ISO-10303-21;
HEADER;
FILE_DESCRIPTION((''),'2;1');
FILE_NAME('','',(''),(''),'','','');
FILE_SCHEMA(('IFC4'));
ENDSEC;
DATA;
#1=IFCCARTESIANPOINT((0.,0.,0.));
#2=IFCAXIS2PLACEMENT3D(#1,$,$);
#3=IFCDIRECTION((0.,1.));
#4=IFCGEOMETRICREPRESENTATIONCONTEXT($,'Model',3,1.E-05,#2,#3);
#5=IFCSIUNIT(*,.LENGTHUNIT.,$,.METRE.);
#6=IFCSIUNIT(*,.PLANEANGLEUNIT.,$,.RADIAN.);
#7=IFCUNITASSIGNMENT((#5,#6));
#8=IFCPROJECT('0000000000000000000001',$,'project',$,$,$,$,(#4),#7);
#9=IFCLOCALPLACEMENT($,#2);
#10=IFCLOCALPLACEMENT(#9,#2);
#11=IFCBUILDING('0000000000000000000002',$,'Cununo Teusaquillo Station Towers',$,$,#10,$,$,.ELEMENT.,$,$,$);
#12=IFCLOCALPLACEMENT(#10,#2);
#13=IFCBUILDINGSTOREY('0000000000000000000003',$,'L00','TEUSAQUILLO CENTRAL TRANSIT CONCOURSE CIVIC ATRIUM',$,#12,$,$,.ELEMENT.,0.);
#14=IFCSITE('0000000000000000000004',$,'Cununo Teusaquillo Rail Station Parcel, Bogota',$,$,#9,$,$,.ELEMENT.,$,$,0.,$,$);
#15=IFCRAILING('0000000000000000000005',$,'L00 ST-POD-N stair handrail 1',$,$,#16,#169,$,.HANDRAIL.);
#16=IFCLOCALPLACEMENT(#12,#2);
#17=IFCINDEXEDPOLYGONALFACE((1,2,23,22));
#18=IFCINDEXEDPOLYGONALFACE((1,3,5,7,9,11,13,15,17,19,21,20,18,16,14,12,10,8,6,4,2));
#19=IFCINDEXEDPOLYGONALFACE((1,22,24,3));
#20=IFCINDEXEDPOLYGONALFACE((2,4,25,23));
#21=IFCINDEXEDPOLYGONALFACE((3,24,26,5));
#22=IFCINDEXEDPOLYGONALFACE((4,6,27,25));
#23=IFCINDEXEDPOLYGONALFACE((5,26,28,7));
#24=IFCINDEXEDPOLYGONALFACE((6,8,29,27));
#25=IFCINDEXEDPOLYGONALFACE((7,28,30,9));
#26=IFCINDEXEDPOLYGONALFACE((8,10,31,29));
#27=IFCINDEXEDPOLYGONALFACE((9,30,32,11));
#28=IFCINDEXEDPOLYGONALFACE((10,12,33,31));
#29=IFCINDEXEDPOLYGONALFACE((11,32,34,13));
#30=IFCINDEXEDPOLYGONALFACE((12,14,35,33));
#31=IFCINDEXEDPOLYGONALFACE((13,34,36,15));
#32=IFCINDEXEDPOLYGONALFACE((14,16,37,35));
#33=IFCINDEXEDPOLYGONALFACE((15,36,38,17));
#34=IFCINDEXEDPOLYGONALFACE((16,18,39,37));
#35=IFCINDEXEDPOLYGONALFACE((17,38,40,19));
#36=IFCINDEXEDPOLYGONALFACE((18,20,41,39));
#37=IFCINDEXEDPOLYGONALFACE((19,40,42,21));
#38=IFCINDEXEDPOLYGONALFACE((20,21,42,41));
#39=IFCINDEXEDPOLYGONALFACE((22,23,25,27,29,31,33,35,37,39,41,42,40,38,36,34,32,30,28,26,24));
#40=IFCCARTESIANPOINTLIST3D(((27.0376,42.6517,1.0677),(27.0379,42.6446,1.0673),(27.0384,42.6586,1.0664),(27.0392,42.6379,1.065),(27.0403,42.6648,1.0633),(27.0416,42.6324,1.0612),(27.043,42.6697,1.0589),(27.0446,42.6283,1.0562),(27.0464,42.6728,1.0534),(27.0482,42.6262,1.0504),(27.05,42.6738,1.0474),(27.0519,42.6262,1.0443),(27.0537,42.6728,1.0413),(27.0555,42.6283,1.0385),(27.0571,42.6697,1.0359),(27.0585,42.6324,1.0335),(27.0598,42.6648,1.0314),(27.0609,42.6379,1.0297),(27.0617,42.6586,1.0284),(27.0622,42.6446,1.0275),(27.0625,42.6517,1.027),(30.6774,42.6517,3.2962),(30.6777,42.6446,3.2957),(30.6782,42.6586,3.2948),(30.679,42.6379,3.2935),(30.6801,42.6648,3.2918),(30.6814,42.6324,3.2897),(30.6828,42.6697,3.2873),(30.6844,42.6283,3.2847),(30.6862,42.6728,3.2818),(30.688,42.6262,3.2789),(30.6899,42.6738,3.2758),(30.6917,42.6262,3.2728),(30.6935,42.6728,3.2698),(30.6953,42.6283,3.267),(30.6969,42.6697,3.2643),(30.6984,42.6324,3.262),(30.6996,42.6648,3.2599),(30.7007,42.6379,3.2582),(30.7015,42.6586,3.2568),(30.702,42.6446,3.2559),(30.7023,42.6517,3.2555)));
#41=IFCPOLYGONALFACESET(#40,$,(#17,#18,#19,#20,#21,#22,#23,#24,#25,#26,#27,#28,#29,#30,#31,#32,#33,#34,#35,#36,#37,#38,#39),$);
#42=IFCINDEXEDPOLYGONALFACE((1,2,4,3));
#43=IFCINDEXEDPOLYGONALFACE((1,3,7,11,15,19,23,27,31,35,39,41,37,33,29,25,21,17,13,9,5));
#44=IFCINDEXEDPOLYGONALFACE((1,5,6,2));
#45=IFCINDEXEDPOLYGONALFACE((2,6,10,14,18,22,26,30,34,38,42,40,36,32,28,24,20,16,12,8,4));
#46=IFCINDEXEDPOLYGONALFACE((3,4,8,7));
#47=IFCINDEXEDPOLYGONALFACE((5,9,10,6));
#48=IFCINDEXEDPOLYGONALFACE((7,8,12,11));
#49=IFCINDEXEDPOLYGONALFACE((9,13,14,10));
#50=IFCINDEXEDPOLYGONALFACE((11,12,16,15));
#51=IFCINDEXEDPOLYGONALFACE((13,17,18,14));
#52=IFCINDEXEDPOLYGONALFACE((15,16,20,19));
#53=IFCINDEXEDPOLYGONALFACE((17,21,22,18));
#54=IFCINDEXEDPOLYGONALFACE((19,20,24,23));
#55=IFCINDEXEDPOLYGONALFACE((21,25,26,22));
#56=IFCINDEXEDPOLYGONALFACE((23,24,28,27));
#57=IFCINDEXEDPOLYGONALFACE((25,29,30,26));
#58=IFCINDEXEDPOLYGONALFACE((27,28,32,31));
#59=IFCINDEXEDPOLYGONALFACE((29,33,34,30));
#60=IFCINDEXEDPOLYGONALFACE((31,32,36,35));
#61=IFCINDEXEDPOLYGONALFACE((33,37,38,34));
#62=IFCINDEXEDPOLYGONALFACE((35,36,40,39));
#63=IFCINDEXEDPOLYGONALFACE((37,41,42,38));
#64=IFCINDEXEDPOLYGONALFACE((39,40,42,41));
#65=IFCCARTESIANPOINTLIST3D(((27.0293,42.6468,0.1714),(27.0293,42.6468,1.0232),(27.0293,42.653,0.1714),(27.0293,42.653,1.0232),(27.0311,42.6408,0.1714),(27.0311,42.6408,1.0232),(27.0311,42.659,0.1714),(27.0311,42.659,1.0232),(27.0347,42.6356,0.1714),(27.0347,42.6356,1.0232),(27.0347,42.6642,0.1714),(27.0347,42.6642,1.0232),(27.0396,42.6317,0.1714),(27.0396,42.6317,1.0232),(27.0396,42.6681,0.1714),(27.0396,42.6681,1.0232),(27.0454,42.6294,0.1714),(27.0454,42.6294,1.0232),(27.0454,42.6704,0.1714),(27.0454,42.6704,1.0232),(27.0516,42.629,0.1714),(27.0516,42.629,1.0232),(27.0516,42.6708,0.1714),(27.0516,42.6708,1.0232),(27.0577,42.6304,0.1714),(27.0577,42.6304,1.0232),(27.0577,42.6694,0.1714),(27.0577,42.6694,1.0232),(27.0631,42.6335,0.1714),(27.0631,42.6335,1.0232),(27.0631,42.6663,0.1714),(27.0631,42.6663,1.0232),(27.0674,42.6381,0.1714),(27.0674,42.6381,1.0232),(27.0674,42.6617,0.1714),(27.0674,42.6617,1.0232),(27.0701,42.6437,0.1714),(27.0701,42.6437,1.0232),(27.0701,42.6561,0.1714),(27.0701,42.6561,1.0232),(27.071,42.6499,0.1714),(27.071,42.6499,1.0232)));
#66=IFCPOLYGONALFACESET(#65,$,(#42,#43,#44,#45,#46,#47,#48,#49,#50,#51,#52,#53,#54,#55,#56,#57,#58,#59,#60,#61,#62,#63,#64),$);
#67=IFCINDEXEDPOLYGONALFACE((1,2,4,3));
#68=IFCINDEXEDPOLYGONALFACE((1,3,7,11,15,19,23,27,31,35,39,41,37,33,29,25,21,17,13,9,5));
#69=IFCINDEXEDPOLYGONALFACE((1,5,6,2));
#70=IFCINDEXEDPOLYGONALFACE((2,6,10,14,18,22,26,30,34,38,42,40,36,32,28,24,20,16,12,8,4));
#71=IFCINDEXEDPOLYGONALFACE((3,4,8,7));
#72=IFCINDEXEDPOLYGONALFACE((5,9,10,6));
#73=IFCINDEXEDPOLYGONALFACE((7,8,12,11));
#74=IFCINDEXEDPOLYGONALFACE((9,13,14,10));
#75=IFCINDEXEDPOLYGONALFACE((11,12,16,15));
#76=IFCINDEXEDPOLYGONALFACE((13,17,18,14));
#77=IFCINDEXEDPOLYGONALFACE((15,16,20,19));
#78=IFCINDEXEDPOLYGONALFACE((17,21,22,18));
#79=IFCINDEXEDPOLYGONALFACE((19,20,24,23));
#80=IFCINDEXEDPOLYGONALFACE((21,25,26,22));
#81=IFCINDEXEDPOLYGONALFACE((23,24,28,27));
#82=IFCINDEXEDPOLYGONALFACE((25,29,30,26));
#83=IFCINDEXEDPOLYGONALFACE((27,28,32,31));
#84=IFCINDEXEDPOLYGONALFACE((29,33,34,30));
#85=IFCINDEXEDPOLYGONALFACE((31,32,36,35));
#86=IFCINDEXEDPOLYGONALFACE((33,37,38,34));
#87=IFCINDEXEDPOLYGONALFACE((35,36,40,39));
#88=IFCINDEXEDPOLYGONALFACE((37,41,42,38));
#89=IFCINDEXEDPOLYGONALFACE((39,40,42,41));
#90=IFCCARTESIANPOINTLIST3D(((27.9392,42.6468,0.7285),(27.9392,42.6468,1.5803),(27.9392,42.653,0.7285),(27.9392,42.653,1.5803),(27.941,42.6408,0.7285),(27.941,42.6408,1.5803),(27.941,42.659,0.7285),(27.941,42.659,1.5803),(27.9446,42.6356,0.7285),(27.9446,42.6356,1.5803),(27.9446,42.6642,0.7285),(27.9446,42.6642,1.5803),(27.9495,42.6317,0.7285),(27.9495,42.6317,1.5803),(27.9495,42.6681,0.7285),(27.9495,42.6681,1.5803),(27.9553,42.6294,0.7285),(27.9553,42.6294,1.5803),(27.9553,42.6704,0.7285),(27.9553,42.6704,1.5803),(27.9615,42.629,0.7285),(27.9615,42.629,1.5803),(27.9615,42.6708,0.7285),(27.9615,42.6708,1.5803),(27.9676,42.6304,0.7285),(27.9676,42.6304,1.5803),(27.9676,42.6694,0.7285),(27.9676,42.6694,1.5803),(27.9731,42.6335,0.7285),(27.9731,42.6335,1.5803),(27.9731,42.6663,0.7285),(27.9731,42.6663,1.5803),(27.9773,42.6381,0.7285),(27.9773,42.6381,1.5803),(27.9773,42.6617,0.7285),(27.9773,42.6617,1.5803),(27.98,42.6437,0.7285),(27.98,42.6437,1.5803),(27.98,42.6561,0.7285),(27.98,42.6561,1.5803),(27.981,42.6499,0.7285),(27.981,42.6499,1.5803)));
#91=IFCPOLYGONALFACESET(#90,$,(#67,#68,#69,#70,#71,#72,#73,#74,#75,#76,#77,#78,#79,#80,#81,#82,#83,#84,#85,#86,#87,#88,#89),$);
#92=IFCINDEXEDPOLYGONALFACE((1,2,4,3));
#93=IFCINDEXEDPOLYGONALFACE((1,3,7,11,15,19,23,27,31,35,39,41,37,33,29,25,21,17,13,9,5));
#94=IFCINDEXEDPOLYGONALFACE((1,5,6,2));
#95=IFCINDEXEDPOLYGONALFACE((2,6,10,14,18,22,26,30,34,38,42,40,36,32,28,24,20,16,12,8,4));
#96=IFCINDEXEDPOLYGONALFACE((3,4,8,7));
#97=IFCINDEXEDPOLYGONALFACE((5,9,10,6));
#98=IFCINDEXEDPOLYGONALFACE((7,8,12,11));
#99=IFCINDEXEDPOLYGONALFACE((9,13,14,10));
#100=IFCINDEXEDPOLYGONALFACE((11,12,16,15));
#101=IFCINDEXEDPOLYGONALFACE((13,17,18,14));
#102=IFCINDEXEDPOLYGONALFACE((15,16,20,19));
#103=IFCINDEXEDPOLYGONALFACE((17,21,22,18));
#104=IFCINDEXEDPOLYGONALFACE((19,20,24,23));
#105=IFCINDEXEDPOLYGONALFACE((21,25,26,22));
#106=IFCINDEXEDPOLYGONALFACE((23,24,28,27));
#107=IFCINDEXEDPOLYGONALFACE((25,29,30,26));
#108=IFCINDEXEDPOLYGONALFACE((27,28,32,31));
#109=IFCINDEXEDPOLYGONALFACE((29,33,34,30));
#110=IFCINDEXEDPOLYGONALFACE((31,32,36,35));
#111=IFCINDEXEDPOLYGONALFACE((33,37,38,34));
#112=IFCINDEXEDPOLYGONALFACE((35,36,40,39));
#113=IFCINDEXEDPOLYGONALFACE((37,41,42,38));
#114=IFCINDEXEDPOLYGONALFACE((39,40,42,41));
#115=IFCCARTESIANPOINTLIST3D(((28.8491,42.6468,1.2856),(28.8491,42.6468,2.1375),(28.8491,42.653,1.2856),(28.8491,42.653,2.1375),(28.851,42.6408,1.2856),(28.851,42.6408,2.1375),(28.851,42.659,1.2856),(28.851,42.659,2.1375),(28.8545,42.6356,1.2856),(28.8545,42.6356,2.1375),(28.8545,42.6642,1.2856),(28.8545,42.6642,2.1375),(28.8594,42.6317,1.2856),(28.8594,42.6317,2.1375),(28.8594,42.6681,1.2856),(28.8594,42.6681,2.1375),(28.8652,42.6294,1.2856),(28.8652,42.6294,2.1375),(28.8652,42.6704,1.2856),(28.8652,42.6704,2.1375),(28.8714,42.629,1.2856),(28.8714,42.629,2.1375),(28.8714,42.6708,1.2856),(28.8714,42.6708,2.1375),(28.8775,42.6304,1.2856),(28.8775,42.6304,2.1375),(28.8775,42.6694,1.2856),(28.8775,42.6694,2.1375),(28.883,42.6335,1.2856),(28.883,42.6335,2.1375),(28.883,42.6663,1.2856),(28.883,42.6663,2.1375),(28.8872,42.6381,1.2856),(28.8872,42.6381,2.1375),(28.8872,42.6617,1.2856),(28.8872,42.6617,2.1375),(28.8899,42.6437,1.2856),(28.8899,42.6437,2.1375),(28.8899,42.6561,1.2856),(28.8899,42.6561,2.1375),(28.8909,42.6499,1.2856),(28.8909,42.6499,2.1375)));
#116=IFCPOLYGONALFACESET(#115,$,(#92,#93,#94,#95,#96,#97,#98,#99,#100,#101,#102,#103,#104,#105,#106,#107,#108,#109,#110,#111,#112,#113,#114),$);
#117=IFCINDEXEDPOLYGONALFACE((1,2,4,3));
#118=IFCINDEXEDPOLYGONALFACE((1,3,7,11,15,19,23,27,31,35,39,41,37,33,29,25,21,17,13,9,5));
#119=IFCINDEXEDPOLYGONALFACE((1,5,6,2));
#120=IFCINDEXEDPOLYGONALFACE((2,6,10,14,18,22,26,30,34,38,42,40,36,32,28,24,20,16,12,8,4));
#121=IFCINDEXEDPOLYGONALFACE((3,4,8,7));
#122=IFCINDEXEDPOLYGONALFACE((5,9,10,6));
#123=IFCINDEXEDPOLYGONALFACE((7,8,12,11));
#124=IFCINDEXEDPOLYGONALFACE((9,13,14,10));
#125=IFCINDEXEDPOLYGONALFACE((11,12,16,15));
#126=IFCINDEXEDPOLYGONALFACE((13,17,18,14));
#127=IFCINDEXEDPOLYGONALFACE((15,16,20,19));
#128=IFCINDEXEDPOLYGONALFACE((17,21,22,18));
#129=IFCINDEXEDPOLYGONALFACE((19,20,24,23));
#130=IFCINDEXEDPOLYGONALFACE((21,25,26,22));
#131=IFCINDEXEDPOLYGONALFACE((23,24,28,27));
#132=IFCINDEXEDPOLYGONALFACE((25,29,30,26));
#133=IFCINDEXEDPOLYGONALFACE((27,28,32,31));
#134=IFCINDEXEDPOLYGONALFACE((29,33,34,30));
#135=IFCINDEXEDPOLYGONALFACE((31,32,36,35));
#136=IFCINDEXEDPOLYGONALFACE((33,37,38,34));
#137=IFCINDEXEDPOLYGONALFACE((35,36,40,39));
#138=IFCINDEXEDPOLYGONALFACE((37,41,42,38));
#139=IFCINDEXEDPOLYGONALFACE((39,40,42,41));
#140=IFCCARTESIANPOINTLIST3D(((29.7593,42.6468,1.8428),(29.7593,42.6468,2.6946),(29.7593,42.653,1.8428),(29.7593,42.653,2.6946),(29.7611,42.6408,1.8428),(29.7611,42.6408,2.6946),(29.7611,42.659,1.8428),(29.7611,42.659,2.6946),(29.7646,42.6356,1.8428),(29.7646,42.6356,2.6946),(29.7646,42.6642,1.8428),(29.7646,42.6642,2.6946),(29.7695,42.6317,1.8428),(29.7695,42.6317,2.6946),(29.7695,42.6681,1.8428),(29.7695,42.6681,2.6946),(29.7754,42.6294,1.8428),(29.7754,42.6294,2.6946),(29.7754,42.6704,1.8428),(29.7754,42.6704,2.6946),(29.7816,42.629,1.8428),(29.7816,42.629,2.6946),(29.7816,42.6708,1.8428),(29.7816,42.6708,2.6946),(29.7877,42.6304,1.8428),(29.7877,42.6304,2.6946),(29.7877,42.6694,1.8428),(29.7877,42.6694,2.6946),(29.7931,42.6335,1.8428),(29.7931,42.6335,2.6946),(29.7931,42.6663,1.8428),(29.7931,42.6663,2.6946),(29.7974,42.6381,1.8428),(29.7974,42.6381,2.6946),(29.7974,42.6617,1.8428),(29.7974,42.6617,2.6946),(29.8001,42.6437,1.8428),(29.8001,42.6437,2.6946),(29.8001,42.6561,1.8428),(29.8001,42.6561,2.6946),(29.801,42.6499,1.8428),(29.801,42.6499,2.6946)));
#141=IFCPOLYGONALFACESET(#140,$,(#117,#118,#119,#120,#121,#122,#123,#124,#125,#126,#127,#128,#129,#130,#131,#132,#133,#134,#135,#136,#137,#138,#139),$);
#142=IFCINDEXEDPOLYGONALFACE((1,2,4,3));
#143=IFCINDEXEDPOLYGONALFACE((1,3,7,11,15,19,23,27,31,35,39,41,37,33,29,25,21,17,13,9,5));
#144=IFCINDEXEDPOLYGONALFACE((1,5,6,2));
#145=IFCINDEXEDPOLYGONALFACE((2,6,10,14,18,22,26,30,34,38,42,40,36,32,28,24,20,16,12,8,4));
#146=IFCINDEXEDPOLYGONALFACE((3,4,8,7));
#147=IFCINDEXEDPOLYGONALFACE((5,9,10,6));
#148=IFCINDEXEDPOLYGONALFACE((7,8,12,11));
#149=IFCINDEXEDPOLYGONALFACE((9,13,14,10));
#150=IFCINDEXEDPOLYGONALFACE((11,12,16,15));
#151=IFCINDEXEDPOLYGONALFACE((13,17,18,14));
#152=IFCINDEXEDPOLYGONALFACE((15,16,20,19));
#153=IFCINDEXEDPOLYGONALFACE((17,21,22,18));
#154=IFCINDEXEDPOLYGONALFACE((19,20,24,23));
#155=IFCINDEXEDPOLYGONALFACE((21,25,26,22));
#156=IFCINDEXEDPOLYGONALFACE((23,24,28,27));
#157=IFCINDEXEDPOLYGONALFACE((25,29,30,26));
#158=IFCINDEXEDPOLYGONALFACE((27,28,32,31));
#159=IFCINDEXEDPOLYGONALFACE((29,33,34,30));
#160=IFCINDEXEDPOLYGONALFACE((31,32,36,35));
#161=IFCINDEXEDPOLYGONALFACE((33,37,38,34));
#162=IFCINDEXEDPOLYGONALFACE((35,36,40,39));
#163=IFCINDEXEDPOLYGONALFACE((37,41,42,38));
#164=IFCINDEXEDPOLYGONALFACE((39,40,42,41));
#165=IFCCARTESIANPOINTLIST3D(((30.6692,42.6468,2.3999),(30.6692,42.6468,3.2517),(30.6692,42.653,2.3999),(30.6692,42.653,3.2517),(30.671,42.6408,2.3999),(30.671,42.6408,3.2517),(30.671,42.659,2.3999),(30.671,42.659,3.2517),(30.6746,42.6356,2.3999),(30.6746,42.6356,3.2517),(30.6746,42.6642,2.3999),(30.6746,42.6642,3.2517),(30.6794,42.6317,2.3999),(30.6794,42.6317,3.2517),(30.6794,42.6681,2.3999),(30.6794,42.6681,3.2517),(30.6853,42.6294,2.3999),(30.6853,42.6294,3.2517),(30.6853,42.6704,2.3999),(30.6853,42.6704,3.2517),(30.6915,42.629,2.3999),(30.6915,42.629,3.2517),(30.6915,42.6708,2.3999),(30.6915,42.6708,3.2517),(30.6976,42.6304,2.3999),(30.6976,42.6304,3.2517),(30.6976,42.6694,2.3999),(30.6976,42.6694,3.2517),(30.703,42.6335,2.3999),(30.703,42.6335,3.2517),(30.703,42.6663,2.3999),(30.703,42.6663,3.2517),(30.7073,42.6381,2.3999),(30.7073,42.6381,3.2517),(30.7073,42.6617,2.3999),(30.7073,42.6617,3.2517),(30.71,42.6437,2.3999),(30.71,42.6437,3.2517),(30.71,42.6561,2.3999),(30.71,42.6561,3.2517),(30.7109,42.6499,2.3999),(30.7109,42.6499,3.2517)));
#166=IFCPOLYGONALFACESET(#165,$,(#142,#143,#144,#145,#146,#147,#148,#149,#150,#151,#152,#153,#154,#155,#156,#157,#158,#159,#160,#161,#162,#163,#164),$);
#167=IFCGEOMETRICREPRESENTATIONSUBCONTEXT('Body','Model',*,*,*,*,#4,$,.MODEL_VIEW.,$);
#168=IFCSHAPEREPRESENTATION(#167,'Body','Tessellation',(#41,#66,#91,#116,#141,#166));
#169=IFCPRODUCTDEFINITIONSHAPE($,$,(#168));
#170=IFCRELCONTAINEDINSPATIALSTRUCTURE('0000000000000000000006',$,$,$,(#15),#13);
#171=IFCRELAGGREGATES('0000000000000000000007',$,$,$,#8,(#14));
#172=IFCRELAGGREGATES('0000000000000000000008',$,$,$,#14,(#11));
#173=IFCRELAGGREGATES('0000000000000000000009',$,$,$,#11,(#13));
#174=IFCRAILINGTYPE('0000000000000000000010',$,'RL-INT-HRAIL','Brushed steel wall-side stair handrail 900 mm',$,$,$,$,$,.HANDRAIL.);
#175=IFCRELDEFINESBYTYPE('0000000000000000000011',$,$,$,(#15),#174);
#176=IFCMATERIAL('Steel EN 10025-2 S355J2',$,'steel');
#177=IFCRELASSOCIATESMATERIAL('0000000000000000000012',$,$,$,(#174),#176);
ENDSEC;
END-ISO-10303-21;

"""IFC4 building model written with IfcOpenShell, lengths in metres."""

from ifc_helpers import new_model, si_unit, direction, frame, origin, origin_2d, place, context, subcontext, project, spatial, circle, extrude, material, type_object, element, save


model = new_model("IFC4")

# Units and contexts
model_context = context("Model", 3, precision=1e-05, world=origin(), true_north=direction((0.0, 1.0)))
body_context = subcontext(model_context, "Body", "Model", "MODEL_VIEW")
ifc_project = project(units=[si_unit("LENGTHUNIT", "METRE"), si_unit("PLANEANGLEUNIT", "RADIAN")], contexts=[model_context])

# Site, building, storey
site_placement = place(None, origin())
site = spatial("IfcSite", under=ifc_project, at=site_placement, Name="Cununo Teusaquillo Rail Station Parcel, Bogota", CompositionType="ELEMENT", RefElevation=0.0)
building_placement = place(site_placement, origin())
building = spatial("IfcBuilding", under=site, at=building_placement, Name="Cununo Teusaquillo Station Towers", CompositionType="ELEMENT")
storey_placement = place(building_placement, origin())
storey = spatial("IfcBuildingStorey", under=building, at=storey_placement, Name="L00", Description="TEUSAQUILLO CENTRAL TRANSIT CONCOURSE CIVIC ATRIUM", CompositionType="ELEMENT", Elevation=0.0)

# Railing
ifc_material_1 = material(Name="Steel EN 10025-2 S355J2", Category="steel")
railing_type_1 = type_object("IfcRailingType", Name="RL-INT-HRAIL", Description="Brushed steel wall-side stair handrail 900 mm", PredefinedType="HANDRAIL", material=ifc_material_1)
railing_1_placement = place(storey_placement, frame((27.05, 42.6499, 0.1714)))
element("IfcRailing", 1, at=railing_1_placement, inside=storey, type_object=railing_type_1, Name="L00 ST-POD-N stair handrail 1", PredefinedType="HANDRAIL", context=body_context, shape_type="SweptSolid", body=[
    extrude(circle(Radius=0.0239, at=origin_2d()), frame((0.0, 0.0, 0.876), z_axis=(0.85285, 0.0, 0.522156), x_axis=(0.0, 1.0, 0.0)), (0.0, 0.0, 1.0), 4.2678),
    extrude(circle(Radius=0.021, at=origin_2d()), origin(), (0.0, 0.0, 1.0), 0.8518),
    extrude(circle(Radius=0.021, at=origin_2d()), frame((0.9099, 0.0, 0.5571)), (0.0, 0.0, 1.0), 0.8518),
    extrude(circle(Radius=0.021, at=origin_2d()), frame((1.8198, 0.0, 1.1143)), (0.0, 0.0, 1.0), 0.8518),
    extrude(circle(Radius=0.021, at=origin_2d()), frame((2.73, 0.0, 1.6714)), (0.0, 0.0, 1.0), 0.8518),
    extrude(circle(Radius=0.021, at=origin_2d()), frame((3.6399, 0.0, 2.2285)), (0.0, 0.0, 1.0), 0.8518),
])

save(model, "model.ifc")
